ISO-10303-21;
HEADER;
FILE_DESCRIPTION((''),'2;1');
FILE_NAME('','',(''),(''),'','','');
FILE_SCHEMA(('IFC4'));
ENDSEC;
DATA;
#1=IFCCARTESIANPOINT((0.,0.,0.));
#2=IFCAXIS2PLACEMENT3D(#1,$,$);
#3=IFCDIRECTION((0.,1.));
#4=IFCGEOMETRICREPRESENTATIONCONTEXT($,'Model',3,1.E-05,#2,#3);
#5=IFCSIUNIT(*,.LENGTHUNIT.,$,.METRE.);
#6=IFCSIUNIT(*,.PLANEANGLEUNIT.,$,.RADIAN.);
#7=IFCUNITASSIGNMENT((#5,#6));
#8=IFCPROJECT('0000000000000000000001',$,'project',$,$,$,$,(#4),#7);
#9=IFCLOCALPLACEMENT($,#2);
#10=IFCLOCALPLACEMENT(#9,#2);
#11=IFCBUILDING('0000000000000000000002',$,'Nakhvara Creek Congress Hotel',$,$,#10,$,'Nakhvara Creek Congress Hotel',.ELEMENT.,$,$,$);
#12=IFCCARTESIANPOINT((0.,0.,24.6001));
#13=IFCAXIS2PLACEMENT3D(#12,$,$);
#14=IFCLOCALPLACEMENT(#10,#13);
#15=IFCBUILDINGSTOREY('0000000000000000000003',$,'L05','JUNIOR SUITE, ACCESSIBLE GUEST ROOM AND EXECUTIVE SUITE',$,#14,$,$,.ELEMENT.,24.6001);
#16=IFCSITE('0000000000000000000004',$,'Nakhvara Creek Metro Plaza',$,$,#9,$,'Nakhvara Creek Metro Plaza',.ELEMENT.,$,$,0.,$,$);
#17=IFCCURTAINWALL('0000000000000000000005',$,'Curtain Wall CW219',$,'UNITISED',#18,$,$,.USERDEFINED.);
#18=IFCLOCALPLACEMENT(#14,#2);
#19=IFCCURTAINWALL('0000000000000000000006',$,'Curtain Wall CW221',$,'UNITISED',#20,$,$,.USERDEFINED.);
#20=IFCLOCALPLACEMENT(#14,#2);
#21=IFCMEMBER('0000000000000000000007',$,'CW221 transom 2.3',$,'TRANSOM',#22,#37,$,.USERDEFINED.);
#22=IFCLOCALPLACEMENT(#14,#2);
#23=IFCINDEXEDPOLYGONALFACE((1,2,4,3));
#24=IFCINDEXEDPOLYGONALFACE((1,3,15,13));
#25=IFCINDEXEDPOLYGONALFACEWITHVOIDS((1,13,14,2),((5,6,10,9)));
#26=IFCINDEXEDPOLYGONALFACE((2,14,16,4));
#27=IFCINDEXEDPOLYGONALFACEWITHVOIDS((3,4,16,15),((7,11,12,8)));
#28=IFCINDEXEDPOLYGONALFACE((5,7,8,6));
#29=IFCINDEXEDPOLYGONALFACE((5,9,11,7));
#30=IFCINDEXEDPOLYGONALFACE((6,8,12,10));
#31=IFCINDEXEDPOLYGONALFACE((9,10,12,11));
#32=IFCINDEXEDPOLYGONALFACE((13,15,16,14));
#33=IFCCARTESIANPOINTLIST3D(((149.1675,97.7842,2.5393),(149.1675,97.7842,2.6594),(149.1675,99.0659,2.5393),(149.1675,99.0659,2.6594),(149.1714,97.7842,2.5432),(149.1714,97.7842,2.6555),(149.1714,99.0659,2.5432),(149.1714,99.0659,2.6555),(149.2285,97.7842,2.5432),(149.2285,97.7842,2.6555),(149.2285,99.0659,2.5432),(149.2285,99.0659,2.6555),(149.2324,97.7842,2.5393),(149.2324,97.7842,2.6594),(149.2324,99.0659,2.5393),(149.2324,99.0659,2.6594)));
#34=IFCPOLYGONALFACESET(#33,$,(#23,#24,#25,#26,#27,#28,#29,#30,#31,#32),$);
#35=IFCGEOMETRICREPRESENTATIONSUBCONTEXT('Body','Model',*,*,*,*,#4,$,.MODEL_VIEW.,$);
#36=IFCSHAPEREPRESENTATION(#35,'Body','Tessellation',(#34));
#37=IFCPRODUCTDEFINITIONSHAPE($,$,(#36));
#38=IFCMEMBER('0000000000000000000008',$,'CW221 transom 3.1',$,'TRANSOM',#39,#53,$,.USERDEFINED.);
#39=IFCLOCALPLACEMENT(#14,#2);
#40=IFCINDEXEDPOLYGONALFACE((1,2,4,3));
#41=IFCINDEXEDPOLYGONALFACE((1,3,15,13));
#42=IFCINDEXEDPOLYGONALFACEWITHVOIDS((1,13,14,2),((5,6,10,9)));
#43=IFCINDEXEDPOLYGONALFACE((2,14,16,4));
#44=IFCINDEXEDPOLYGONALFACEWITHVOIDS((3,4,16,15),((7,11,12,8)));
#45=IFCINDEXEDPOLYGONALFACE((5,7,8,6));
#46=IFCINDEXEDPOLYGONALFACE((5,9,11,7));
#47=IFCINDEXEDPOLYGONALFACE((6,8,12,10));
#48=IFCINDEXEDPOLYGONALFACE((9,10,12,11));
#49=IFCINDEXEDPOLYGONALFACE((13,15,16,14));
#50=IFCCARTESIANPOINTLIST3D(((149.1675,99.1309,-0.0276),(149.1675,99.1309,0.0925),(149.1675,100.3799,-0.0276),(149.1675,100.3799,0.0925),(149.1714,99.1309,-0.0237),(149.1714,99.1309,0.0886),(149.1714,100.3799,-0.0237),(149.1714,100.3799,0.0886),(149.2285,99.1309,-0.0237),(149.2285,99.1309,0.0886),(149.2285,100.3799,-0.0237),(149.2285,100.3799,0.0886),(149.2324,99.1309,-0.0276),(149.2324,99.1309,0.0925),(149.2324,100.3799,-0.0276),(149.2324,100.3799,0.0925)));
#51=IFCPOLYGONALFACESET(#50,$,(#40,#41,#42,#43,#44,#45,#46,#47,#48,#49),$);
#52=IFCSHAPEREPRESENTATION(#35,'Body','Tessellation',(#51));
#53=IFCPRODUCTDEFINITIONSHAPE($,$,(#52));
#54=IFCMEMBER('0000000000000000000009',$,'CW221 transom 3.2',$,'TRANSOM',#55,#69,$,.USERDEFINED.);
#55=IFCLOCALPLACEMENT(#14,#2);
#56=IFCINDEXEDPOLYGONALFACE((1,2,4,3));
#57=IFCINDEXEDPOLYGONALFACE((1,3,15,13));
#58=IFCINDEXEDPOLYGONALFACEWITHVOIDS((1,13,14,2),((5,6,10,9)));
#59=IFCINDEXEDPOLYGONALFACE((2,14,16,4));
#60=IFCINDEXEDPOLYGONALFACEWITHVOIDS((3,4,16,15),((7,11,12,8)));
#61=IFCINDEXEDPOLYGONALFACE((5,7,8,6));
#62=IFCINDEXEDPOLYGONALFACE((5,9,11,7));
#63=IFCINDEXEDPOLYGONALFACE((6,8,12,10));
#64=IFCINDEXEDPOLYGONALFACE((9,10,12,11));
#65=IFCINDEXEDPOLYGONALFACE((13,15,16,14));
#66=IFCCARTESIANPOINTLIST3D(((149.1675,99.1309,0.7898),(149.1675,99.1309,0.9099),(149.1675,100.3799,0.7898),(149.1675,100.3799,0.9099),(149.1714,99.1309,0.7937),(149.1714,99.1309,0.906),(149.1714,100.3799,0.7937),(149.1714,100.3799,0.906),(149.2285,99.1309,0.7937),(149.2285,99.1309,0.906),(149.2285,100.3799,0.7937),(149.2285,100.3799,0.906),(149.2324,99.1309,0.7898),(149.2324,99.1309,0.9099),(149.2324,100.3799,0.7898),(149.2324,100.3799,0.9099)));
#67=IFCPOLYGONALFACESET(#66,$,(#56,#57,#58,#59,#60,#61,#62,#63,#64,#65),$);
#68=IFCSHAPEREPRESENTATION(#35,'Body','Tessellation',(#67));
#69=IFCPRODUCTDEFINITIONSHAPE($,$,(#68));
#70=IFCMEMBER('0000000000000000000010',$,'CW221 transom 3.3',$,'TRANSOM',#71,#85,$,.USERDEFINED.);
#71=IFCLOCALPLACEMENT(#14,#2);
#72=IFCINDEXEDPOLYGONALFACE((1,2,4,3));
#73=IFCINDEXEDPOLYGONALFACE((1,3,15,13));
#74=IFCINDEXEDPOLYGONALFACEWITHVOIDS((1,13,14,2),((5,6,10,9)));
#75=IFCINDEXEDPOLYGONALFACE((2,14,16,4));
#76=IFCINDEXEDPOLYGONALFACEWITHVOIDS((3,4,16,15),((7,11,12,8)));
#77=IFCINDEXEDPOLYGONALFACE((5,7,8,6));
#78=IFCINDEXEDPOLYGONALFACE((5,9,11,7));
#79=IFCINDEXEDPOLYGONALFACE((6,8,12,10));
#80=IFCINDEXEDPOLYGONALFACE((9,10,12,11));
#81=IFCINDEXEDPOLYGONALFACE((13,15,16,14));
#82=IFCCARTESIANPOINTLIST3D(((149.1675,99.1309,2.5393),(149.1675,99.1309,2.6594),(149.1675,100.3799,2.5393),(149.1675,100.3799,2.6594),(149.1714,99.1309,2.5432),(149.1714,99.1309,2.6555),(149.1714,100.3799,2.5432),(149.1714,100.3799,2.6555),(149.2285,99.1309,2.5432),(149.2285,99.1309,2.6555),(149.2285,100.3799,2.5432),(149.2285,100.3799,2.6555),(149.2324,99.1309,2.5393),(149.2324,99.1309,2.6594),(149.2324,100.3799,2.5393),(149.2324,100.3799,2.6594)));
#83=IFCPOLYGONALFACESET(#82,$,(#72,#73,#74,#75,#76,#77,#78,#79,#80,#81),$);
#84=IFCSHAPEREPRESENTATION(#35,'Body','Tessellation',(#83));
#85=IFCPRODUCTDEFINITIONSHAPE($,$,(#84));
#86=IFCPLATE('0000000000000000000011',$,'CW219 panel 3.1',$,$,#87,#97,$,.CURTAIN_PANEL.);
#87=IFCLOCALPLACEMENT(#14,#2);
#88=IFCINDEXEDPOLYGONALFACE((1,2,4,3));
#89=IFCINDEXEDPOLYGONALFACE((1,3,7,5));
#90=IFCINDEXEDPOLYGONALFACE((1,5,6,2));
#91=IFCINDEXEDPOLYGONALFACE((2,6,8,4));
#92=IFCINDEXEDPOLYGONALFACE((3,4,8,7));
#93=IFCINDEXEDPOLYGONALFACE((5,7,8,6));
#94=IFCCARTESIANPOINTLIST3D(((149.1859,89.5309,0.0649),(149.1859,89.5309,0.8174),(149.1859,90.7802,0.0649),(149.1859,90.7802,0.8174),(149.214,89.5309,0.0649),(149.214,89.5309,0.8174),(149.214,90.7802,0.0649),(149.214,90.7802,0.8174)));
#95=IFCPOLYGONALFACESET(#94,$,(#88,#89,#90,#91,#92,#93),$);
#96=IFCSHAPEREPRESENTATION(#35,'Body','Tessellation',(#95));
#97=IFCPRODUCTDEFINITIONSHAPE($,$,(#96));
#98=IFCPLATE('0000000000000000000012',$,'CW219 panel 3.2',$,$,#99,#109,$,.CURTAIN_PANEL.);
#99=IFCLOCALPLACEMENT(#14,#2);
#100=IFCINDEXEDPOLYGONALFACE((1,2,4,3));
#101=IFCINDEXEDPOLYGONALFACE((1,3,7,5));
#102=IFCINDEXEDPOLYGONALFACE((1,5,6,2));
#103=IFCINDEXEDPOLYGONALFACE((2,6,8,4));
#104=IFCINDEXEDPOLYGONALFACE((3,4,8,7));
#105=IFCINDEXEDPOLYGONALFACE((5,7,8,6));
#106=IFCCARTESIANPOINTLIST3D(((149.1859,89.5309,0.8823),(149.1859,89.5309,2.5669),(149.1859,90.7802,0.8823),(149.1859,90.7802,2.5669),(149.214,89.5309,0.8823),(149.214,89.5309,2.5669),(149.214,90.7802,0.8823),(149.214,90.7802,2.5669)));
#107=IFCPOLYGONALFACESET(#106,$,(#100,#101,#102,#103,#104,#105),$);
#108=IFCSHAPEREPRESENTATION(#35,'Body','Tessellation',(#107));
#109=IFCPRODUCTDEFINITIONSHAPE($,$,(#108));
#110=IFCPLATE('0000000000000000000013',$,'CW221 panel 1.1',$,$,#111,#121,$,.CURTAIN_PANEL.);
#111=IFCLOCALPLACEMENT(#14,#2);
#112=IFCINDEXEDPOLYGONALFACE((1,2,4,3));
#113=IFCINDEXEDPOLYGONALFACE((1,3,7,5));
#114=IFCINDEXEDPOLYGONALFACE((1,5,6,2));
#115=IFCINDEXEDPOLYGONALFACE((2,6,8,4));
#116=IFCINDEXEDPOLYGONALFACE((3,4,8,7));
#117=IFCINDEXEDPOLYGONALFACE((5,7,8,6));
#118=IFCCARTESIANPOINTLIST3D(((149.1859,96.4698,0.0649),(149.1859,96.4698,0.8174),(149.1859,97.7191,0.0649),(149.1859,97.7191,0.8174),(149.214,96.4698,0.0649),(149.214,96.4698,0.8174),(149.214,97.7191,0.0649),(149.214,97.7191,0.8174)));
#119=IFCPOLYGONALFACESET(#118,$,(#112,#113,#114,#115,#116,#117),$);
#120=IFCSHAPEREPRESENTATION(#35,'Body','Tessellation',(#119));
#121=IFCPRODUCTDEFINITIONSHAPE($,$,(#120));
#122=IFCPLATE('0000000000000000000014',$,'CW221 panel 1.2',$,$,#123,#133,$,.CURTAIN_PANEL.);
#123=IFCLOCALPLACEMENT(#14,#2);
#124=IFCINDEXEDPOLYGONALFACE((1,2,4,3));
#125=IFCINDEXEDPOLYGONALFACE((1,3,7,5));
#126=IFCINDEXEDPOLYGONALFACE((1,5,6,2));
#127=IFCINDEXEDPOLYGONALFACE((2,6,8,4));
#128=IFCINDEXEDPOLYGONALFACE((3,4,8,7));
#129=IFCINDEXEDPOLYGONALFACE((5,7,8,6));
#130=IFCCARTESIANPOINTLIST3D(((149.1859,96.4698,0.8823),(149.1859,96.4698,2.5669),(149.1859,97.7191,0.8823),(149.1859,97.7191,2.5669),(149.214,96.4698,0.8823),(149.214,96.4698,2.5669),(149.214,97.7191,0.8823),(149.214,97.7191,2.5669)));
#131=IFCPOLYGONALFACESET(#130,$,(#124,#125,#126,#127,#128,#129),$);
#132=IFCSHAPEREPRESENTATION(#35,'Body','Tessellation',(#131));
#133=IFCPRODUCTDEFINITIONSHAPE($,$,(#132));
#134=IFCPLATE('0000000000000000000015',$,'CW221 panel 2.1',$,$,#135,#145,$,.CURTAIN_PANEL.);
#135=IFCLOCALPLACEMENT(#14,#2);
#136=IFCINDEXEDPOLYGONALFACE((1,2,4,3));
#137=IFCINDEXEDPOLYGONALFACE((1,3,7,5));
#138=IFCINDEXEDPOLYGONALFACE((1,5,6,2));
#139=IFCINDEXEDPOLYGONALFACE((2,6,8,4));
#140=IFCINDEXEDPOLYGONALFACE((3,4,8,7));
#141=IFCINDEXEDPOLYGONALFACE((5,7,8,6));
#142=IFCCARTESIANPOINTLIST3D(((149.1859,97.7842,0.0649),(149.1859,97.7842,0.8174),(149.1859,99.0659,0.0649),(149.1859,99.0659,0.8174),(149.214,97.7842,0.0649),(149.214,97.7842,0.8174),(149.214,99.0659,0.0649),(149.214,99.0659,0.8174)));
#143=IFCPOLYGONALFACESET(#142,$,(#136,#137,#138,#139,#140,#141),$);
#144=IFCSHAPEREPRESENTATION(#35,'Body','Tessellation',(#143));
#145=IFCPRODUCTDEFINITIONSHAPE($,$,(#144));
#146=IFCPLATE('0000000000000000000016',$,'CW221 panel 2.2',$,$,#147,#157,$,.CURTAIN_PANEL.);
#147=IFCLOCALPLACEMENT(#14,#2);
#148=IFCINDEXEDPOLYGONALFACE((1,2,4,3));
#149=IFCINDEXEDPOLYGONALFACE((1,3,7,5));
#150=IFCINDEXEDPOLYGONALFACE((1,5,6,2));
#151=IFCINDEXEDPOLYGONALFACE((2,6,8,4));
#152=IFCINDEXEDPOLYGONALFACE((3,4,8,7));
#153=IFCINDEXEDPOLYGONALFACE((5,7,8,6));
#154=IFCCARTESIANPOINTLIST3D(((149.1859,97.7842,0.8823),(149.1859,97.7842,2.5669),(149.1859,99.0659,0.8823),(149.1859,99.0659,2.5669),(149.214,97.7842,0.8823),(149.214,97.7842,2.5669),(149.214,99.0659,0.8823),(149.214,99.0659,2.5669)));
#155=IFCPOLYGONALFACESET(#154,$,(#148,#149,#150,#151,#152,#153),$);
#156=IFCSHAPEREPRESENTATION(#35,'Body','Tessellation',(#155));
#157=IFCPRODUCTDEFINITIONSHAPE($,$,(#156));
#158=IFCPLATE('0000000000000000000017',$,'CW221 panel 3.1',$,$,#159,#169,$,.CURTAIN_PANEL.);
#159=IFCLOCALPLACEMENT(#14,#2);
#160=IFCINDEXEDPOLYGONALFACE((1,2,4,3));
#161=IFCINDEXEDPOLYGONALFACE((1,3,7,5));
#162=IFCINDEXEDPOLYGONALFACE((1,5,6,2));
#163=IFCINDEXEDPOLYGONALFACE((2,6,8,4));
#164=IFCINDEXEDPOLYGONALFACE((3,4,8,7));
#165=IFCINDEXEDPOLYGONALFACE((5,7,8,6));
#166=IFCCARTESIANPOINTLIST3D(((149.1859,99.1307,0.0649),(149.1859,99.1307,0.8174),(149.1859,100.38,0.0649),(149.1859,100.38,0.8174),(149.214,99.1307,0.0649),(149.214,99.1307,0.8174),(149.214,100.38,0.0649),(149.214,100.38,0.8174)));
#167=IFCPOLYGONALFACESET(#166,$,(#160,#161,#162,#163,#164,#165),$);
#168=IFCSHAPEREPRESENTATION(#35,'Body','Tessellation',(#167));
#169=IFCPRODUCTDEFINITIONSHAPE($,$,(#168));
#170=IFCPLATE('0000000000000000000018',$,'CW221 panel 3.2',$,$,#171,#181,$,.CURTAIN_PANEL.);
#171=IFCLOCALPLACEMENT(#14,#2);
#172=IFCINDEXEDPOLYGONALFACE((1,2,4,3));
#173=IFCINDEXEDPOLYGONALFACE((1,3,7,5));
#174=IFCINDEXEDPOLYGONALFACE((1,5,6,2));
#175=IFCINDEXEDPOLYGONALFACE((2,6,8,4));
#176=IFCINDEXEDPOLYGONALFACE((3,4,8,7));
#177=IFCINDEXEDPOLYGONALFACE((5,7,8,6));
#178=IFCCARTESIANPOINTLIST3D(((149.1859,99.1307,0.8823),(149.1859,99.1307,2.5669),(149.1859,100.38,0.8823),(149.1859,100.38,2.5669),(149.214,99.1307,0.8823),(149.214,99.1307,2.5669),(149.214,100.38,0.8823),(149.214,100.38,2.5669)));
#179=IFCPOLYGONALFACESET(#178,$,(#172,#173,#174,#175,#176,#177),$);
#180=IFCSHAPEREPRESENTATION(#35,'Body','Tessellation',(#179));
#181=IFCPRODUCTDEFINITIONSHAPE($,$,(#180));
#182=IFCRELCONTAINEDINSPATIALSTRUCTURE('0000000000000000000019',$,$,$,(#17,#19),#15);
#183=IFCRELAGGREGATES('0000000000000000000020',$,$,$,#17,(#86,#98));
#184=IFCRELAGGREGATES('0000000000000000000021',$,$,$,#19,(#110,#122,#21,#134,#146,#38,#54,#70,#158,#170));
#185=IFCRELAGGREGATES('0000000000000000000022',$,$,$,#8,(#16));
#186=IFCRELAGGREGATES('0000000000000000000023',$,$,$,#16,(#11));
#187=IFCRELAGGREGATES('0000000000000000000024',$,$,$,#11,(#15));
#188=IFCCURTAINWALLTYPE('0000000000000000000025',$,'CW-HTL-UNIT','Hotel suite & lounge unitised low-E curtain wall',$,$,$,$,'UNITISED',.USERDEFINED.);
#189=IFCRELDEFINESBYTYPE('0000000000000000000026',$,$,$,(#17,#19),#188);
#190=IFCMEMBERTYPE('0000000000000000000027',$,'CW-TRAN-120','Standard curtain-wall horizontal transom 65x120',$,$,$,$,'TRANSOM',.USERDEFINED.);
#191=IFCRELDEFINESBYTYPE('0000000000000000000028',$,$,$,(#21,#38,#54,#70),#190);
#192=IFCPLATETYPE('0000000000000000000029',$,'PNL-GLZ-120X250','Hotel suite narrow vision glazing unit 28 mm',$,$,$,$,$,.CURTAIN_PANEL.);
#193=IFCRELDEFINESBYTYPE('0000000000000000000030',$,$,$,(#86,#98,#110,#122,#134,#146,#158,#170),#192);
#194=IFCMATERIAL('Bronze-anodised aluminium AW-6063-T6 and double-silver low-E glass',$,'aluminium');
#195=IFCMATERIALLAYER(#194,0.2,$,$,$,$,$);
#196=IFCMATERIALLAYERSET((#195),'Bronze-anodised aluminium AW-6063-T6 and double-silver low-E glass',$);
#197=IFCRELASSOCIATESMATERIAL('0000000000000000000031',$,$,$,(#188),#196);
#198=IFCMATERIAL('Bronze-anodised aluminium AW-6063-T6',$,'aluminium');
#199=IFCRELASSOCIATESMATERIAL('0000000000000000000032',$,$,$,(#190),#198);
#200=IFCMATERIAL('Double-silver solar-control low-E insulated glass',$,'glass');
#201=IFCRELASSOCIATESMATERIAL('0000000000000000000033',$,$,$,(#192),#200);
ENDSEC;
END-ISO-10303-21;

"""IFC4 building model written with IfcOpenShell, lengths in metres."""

from ifc_helpers import new_model, si_unit, direction, frame, origin, origin_2d, place, context, subcontext, project, spatial, rectangle, hollow_rectangle, extrude, material, layer, layer_set, material_profile, profile_set, type_object, element, aggregate, save


model = new_model("IFC4")

# Units and contexts
model_context = context("Model", 3, precision=1e-05, world=origin(), true_north=direction((0.0, 1.0)))
body_context = subcontext(model_context, "Body", "Model", "MODEL_VIEW")
ifc_project = project(units=[si_unit("LENGTHUNIT", "METRE"), si_unit("PLANEANGLEUNIT", "RADIAN")], contexts=[model_context])

# Site, building, storey
site_placement = place(None, origin())
site = spatial("IfcSite", under=ifc_project, at=site_placement, Name="Nakhvara Creek Metro Plaza", LongName="Nakhvara Creek Metro Plaza", CompositionType="ELEMENT", RefElevation=0.0)
building_placement = place(site_placement, origin())
building = spatial("IfcBuilding", under=site, at=building_placement, Name="Nakhvara Creek Congress Hotel", LongName="Nakhvara Creek Congress Hotel", CompositionType="ELEMENT")
storey_placement = place(building_placement, frame((0.0, 0.0, 24.6001)))
storey = spatial("IfcBuildingStorey", under=building, at=storey_placement, Name="L05", Description="JUNIOR SUITE, ACCESSIBLE GUEST ROOM AND EXECUTIVE SUITE", CompositionType="ELEMENT", Elevation=24.6001)

# Curtain wall
ifc_material_1 = material(Name="Bronze-anodised aluminium AW-6063-T6 and double-silver low-E glass", Category="aluminium")
ifc_layer = layer(ifc_material_1, 0.2)
ifc_layer_set = layer_set([ifc_layer], Name="Bronze-anodised aluminium AW-6063-T6 and double-silver low-E glass")
curtain_wall_type = type_object("IfcCurtainWallType", Name="CW-HTL-UNIT", Description="Hotel suite & lounge unitised low-E curtain wall", ElementType="UNITISED", PredefinedType="USERDEFINED", material=ifc_layer_set)
curtain_wall_1_placement = place(storey_placement, origin())
curtain_wall_1 = element("IfcCurtainWall", 1, at=curtain_wall_1_placement, inside=storey, type_object=curtain_wall_type, Name="Curtain Wall CW219", ObjectType="UNITISED", PredefinedType="USERDEFINED")
ifc_material_2 = material(Name="Bronze-anodised aluminium AW-6063-T6", Category="aluminium")

# Curtain wall
curtain_wall_2_placement = place(storey_placement, origin())
curtain_wall_2 = element("IfcCurtainWall", 2, at=curtain_wall_2_placement, inside=storey, type_object=curtain_wall_type, Name="Curtain Wall CW221", ObjectType="UNITISED", PredefinedType="USERDEFINED")

# Members
ifc_material_profile_1 = material_profile(ifc_material_2, hollow_rectangle(XDim=0.0649, YDim=0.1201, WallThickness=0.0039, at=origin_2d()), Name="ALU-TRAN 65x120x4", Category="LoadBearing")
ifc_profile_set_1 = profile_set([ifc_material_profile_1], Name="Bronze-anodised aluminium AW-6063-T6")
member_type_1 = type_object("IfcMemberType", Name="CW-TRAN-120", Description="Standard curtain-wall horizontal transom 65x120", ElementType="TRANSOM", PredefinedType="USERDEFINED", material=ifc_profile_set_1)
member_1_placement = place(storey_placement, frame((149.2, 97.7842, 2.5994), z_axis=(0.0, 1.0, 0.0), x_axis=(-1.0, 0.0, 0.0)))
member_1 = element("IfcMember", 3, at=member_1_placement, type_object=member_type_1, Name="CW221 transom 2.3", ObjectType="TRANSOM", PredefinedType="USERDEFINED", context=body_context, shape_type="SweptSolid", body=[
    extrude(hollow_rectangle(XDim=0.0649, YDim=0.1201, WallThickness=0.0039, at=origin_2d()), origin(), (0.0, 0.0, 1.0), 1.2817),
])
member_2_placement = place(storey_placement, frame((149.2, 99.1309, 0.0325), z_axis=(0.0, 1.0, 0.0), x_axis=(-1.0, 0.0, 0.0)))
member_2 = element("IfcMember", 4, at=member_2_placement, type_object=member_type_1, Name="CW221 transom 3.1", ObjectType="TRANSOM", PredefinedType="USERDEFINED", context=body_context, shape_type="SweptSolid", body=[
    extrude(hollow_rectangle(XDim=0.0649, YDim=0.1201, WallThickness=0.0039, at=origin_2d()), origin(), (0.0, 0.0, 1.0), 1.249),
])
member_3_placement = place(storey_placement, frame((149.2, 99.1309, 0.8499), z_axis=(0.0, 1.0, 0.0), x_axis=(-1.0, 0.0, 0.0)))
member_3 = element("IfcMember", 5, at=member_3_placement, type_object=member_type_1, Name="CW221 transom 3.2", ObjectType="TRANSOM", PredefinedType="USERDEFINED", context=body_context, shape_type="SweptSolid", body=[
    extrude(hollow_rectangle(XDim=0.0649, YDim=0.1201, WallThickness=0.0039, at=origin_2d()), origin(), (0.0, 0.0, 1.0), 1.249),
])
member_4_placement = place(storey_placement, frame((149.2, 99.1309, 2.5994), z_axis=(0.0, 1.0, 0.0), x_axis=(-1.0, 0.0, 0.0)))
member_4 = element("IfcMember", 6, at=member_4_placement, type_object=member_type_1, Name="CW221 transom 3.3", ObjectType="TRANSOM", PredefinedType="USERDEFINED", context=body_context, shape_type="SweptSolid", body=[
    extrude(hollow_rectangle(XDim=0.0649, YDim=0.1201, WallThickness=0.0039, at=origin_2d()), origin(), (0.0, 0.0, 1.0), 1.249),
])

# Plates
ifc_material_3 = material(Name="Double-silver solar-control low-E insulated glass", Category="glass")
plate_type = type_object("IfcPlateType", Name="PNL-GLZ-120X250", Description="Hotel suite narrow vision glazing unit 28 mm", PredefinedType="CURTAIN_PANEL", material=ifc_material_3)
plate_1_placement = place(storey_placement, frame((149.2, 90.1555, 0.0649), z_axis=(0.0, 0.0, 1.0), x_axis=(0.0, 1.0, 0.0)))
plate_1 = element("IfcPlate", 7, at=plate_1_placement, type_object=plate_type, Name="CW219 panel 3.1", PredefinedType="CURTAIN_PANEL", context=body_context, shape_type="SweptSolid", body=[
    extrude(rectangle(XDim=1.2493, YDim=0.0281, at=origin_2d()), origin(), (0.0, 0.0, 1.0), 0.7524),
])
plate_2_placement = place(storey_placement, frame((149.2, 90.1555, 0.8823), z_axis=(0.0, 0.0, 1.0), x_axis=(0.0, 1.0, 0.0)))
plate_2 = element("IfcPlate", 8, at=plate_2_placement, type_object=plate_type, Name="CW219 panel 3.2", PredefinedType="CURTAIN_PANEL", context=body_context, shape_type="SweptSolid", body=[
    extrude(rectangle(XDim=1.2493, YDim=0.0281, at=origin_2d()), origin(), (0.0, 0.0, 1.0), 1.6846),
])
aggregate(curtain_wall_1, [plate_1, plate_2])
plate_3_placement = place(storey_placement, frame((149.2, 97.0945, 0.0649), z_axis=(0.0, 0.0, 1.0), x_axis=(0.0, 1.0, 0.0)))
plate_3 = element("IfcPlate", 9, at=plate_3_placement, type_object=plate_type, Name="CW221 panel 1.1", PredefinedType="CURTAIN_PANEL", context=body_context, shape_type="SweptSolid", body=[
    extrude(rectangle(XDim=1.2493, YDim=0.0281, at=origin_2d()), origin(), (0.0, 0.0, 1.0), 0.7524),
])
plate_4_placement = place(storey_placement, frame((149.2, 97.0945, 0.8823), z_axis=(0.0, 0.0, 1.0), x_axis=(0.0, 1.0, 0.0)))
plate_4 = element("IfcPlate", 10, at=plate_4_placement, type_object=plate_type, Name="CW221 panel 1.2", PredefinedType="CURTAIN_PANEL", context=body_context, shape_type="SweptSolid", body=[
    extrude(rectangle(XDim=1.2493, YDim=0.0281, at=origin_2d()), origin(), (0.0, 0.0, 1.0), 1.6846),
])
plate_5_placement = place(storey_placement, frame((149.2, 98.425, 0.0649), z_axis=(0.0, 0.0, 1.0), x_axis=(0.0, 1.0, 0.0)))
plate_5 = element("IfcPlate", 11, at=plate_5_placement, type_object=plate_type, Name="CW221 panel 2.1", PredefinedType="CURTAIN_PANEL", context=body_context, shape_type="SweptSolid", body=[
    extrude(rectangle(XDim=1.2817, YDim=0.0281, at=origin_2d()), origin(), (0.0, 0.0, 1.0), 0.7524),
])
plate_6_placement = place(storey_placement, frame((149.2, 98.425, 0.8823), z_axis=(0.0, 0.0, 1.0), x_axis=(0.0, 1.0, 0.0)))
plate_6 = element("IfcPlate", 12, at=plate_6_placement, type_object=plate_type, Name="CW221 panel 2.2", PredefinedType="CURTAIN_PANEL", context=body_context, shape_type="SweptSolid", body=[
    extrude(rectangle(XDim=1.2817, YDim=0.0281, at=origin_2d()), origin(), (0.0, 0.0, 1.0), 1.6846),
])
plate_7_placement = place(storey_placement, frame((149.2, 99.7554, 0.0649), z_axis=(0.0, 0.0, 1.0), x_axis=(0.0, 1.0, 0.0)))
plate_7 = element("IfcPlate", 13, at=plate_7_placement, type_object=plate_type, Name="CW221 panel 3.1", PredefinedType="CURTAIN_PANEL", context=body_context, shape_type="SweptSolid", body=[
    extrude(rectangle(XDim=1.2493, YDim=0.0281, at=origin_2d()), origin(), (0.0, 0.0, 1.0), 0.7524),
])
plate_8_placement = place(storey_placement, frame((149.2, 99.7554, 0.8823), z_axis=(0.0, 0.0, 1.0), x_axis=(0.0, 1.0, 0.0)))
plate_8 = element("IfcPlate", 14, at=plate_8_placement, type_object=plate_type, Name="CW221 panel 3.2", PredefinedType="CURTAIN_PANEL", context=body_context, shape_type="SweptSolid", body=[
    extrude(rectangle(XDim=1.2493, YDim=0.0281, at=origin_2d()), origin(), (0.0, 0.0, 1.0), 1.6846),
])
aggregate(curtain_wall_2, [plate_3, plate_4, member_1, plate_5, plate_6, member_2, member_3, member_4, plate_7, plate_8])

save(model, "model.ifc")
